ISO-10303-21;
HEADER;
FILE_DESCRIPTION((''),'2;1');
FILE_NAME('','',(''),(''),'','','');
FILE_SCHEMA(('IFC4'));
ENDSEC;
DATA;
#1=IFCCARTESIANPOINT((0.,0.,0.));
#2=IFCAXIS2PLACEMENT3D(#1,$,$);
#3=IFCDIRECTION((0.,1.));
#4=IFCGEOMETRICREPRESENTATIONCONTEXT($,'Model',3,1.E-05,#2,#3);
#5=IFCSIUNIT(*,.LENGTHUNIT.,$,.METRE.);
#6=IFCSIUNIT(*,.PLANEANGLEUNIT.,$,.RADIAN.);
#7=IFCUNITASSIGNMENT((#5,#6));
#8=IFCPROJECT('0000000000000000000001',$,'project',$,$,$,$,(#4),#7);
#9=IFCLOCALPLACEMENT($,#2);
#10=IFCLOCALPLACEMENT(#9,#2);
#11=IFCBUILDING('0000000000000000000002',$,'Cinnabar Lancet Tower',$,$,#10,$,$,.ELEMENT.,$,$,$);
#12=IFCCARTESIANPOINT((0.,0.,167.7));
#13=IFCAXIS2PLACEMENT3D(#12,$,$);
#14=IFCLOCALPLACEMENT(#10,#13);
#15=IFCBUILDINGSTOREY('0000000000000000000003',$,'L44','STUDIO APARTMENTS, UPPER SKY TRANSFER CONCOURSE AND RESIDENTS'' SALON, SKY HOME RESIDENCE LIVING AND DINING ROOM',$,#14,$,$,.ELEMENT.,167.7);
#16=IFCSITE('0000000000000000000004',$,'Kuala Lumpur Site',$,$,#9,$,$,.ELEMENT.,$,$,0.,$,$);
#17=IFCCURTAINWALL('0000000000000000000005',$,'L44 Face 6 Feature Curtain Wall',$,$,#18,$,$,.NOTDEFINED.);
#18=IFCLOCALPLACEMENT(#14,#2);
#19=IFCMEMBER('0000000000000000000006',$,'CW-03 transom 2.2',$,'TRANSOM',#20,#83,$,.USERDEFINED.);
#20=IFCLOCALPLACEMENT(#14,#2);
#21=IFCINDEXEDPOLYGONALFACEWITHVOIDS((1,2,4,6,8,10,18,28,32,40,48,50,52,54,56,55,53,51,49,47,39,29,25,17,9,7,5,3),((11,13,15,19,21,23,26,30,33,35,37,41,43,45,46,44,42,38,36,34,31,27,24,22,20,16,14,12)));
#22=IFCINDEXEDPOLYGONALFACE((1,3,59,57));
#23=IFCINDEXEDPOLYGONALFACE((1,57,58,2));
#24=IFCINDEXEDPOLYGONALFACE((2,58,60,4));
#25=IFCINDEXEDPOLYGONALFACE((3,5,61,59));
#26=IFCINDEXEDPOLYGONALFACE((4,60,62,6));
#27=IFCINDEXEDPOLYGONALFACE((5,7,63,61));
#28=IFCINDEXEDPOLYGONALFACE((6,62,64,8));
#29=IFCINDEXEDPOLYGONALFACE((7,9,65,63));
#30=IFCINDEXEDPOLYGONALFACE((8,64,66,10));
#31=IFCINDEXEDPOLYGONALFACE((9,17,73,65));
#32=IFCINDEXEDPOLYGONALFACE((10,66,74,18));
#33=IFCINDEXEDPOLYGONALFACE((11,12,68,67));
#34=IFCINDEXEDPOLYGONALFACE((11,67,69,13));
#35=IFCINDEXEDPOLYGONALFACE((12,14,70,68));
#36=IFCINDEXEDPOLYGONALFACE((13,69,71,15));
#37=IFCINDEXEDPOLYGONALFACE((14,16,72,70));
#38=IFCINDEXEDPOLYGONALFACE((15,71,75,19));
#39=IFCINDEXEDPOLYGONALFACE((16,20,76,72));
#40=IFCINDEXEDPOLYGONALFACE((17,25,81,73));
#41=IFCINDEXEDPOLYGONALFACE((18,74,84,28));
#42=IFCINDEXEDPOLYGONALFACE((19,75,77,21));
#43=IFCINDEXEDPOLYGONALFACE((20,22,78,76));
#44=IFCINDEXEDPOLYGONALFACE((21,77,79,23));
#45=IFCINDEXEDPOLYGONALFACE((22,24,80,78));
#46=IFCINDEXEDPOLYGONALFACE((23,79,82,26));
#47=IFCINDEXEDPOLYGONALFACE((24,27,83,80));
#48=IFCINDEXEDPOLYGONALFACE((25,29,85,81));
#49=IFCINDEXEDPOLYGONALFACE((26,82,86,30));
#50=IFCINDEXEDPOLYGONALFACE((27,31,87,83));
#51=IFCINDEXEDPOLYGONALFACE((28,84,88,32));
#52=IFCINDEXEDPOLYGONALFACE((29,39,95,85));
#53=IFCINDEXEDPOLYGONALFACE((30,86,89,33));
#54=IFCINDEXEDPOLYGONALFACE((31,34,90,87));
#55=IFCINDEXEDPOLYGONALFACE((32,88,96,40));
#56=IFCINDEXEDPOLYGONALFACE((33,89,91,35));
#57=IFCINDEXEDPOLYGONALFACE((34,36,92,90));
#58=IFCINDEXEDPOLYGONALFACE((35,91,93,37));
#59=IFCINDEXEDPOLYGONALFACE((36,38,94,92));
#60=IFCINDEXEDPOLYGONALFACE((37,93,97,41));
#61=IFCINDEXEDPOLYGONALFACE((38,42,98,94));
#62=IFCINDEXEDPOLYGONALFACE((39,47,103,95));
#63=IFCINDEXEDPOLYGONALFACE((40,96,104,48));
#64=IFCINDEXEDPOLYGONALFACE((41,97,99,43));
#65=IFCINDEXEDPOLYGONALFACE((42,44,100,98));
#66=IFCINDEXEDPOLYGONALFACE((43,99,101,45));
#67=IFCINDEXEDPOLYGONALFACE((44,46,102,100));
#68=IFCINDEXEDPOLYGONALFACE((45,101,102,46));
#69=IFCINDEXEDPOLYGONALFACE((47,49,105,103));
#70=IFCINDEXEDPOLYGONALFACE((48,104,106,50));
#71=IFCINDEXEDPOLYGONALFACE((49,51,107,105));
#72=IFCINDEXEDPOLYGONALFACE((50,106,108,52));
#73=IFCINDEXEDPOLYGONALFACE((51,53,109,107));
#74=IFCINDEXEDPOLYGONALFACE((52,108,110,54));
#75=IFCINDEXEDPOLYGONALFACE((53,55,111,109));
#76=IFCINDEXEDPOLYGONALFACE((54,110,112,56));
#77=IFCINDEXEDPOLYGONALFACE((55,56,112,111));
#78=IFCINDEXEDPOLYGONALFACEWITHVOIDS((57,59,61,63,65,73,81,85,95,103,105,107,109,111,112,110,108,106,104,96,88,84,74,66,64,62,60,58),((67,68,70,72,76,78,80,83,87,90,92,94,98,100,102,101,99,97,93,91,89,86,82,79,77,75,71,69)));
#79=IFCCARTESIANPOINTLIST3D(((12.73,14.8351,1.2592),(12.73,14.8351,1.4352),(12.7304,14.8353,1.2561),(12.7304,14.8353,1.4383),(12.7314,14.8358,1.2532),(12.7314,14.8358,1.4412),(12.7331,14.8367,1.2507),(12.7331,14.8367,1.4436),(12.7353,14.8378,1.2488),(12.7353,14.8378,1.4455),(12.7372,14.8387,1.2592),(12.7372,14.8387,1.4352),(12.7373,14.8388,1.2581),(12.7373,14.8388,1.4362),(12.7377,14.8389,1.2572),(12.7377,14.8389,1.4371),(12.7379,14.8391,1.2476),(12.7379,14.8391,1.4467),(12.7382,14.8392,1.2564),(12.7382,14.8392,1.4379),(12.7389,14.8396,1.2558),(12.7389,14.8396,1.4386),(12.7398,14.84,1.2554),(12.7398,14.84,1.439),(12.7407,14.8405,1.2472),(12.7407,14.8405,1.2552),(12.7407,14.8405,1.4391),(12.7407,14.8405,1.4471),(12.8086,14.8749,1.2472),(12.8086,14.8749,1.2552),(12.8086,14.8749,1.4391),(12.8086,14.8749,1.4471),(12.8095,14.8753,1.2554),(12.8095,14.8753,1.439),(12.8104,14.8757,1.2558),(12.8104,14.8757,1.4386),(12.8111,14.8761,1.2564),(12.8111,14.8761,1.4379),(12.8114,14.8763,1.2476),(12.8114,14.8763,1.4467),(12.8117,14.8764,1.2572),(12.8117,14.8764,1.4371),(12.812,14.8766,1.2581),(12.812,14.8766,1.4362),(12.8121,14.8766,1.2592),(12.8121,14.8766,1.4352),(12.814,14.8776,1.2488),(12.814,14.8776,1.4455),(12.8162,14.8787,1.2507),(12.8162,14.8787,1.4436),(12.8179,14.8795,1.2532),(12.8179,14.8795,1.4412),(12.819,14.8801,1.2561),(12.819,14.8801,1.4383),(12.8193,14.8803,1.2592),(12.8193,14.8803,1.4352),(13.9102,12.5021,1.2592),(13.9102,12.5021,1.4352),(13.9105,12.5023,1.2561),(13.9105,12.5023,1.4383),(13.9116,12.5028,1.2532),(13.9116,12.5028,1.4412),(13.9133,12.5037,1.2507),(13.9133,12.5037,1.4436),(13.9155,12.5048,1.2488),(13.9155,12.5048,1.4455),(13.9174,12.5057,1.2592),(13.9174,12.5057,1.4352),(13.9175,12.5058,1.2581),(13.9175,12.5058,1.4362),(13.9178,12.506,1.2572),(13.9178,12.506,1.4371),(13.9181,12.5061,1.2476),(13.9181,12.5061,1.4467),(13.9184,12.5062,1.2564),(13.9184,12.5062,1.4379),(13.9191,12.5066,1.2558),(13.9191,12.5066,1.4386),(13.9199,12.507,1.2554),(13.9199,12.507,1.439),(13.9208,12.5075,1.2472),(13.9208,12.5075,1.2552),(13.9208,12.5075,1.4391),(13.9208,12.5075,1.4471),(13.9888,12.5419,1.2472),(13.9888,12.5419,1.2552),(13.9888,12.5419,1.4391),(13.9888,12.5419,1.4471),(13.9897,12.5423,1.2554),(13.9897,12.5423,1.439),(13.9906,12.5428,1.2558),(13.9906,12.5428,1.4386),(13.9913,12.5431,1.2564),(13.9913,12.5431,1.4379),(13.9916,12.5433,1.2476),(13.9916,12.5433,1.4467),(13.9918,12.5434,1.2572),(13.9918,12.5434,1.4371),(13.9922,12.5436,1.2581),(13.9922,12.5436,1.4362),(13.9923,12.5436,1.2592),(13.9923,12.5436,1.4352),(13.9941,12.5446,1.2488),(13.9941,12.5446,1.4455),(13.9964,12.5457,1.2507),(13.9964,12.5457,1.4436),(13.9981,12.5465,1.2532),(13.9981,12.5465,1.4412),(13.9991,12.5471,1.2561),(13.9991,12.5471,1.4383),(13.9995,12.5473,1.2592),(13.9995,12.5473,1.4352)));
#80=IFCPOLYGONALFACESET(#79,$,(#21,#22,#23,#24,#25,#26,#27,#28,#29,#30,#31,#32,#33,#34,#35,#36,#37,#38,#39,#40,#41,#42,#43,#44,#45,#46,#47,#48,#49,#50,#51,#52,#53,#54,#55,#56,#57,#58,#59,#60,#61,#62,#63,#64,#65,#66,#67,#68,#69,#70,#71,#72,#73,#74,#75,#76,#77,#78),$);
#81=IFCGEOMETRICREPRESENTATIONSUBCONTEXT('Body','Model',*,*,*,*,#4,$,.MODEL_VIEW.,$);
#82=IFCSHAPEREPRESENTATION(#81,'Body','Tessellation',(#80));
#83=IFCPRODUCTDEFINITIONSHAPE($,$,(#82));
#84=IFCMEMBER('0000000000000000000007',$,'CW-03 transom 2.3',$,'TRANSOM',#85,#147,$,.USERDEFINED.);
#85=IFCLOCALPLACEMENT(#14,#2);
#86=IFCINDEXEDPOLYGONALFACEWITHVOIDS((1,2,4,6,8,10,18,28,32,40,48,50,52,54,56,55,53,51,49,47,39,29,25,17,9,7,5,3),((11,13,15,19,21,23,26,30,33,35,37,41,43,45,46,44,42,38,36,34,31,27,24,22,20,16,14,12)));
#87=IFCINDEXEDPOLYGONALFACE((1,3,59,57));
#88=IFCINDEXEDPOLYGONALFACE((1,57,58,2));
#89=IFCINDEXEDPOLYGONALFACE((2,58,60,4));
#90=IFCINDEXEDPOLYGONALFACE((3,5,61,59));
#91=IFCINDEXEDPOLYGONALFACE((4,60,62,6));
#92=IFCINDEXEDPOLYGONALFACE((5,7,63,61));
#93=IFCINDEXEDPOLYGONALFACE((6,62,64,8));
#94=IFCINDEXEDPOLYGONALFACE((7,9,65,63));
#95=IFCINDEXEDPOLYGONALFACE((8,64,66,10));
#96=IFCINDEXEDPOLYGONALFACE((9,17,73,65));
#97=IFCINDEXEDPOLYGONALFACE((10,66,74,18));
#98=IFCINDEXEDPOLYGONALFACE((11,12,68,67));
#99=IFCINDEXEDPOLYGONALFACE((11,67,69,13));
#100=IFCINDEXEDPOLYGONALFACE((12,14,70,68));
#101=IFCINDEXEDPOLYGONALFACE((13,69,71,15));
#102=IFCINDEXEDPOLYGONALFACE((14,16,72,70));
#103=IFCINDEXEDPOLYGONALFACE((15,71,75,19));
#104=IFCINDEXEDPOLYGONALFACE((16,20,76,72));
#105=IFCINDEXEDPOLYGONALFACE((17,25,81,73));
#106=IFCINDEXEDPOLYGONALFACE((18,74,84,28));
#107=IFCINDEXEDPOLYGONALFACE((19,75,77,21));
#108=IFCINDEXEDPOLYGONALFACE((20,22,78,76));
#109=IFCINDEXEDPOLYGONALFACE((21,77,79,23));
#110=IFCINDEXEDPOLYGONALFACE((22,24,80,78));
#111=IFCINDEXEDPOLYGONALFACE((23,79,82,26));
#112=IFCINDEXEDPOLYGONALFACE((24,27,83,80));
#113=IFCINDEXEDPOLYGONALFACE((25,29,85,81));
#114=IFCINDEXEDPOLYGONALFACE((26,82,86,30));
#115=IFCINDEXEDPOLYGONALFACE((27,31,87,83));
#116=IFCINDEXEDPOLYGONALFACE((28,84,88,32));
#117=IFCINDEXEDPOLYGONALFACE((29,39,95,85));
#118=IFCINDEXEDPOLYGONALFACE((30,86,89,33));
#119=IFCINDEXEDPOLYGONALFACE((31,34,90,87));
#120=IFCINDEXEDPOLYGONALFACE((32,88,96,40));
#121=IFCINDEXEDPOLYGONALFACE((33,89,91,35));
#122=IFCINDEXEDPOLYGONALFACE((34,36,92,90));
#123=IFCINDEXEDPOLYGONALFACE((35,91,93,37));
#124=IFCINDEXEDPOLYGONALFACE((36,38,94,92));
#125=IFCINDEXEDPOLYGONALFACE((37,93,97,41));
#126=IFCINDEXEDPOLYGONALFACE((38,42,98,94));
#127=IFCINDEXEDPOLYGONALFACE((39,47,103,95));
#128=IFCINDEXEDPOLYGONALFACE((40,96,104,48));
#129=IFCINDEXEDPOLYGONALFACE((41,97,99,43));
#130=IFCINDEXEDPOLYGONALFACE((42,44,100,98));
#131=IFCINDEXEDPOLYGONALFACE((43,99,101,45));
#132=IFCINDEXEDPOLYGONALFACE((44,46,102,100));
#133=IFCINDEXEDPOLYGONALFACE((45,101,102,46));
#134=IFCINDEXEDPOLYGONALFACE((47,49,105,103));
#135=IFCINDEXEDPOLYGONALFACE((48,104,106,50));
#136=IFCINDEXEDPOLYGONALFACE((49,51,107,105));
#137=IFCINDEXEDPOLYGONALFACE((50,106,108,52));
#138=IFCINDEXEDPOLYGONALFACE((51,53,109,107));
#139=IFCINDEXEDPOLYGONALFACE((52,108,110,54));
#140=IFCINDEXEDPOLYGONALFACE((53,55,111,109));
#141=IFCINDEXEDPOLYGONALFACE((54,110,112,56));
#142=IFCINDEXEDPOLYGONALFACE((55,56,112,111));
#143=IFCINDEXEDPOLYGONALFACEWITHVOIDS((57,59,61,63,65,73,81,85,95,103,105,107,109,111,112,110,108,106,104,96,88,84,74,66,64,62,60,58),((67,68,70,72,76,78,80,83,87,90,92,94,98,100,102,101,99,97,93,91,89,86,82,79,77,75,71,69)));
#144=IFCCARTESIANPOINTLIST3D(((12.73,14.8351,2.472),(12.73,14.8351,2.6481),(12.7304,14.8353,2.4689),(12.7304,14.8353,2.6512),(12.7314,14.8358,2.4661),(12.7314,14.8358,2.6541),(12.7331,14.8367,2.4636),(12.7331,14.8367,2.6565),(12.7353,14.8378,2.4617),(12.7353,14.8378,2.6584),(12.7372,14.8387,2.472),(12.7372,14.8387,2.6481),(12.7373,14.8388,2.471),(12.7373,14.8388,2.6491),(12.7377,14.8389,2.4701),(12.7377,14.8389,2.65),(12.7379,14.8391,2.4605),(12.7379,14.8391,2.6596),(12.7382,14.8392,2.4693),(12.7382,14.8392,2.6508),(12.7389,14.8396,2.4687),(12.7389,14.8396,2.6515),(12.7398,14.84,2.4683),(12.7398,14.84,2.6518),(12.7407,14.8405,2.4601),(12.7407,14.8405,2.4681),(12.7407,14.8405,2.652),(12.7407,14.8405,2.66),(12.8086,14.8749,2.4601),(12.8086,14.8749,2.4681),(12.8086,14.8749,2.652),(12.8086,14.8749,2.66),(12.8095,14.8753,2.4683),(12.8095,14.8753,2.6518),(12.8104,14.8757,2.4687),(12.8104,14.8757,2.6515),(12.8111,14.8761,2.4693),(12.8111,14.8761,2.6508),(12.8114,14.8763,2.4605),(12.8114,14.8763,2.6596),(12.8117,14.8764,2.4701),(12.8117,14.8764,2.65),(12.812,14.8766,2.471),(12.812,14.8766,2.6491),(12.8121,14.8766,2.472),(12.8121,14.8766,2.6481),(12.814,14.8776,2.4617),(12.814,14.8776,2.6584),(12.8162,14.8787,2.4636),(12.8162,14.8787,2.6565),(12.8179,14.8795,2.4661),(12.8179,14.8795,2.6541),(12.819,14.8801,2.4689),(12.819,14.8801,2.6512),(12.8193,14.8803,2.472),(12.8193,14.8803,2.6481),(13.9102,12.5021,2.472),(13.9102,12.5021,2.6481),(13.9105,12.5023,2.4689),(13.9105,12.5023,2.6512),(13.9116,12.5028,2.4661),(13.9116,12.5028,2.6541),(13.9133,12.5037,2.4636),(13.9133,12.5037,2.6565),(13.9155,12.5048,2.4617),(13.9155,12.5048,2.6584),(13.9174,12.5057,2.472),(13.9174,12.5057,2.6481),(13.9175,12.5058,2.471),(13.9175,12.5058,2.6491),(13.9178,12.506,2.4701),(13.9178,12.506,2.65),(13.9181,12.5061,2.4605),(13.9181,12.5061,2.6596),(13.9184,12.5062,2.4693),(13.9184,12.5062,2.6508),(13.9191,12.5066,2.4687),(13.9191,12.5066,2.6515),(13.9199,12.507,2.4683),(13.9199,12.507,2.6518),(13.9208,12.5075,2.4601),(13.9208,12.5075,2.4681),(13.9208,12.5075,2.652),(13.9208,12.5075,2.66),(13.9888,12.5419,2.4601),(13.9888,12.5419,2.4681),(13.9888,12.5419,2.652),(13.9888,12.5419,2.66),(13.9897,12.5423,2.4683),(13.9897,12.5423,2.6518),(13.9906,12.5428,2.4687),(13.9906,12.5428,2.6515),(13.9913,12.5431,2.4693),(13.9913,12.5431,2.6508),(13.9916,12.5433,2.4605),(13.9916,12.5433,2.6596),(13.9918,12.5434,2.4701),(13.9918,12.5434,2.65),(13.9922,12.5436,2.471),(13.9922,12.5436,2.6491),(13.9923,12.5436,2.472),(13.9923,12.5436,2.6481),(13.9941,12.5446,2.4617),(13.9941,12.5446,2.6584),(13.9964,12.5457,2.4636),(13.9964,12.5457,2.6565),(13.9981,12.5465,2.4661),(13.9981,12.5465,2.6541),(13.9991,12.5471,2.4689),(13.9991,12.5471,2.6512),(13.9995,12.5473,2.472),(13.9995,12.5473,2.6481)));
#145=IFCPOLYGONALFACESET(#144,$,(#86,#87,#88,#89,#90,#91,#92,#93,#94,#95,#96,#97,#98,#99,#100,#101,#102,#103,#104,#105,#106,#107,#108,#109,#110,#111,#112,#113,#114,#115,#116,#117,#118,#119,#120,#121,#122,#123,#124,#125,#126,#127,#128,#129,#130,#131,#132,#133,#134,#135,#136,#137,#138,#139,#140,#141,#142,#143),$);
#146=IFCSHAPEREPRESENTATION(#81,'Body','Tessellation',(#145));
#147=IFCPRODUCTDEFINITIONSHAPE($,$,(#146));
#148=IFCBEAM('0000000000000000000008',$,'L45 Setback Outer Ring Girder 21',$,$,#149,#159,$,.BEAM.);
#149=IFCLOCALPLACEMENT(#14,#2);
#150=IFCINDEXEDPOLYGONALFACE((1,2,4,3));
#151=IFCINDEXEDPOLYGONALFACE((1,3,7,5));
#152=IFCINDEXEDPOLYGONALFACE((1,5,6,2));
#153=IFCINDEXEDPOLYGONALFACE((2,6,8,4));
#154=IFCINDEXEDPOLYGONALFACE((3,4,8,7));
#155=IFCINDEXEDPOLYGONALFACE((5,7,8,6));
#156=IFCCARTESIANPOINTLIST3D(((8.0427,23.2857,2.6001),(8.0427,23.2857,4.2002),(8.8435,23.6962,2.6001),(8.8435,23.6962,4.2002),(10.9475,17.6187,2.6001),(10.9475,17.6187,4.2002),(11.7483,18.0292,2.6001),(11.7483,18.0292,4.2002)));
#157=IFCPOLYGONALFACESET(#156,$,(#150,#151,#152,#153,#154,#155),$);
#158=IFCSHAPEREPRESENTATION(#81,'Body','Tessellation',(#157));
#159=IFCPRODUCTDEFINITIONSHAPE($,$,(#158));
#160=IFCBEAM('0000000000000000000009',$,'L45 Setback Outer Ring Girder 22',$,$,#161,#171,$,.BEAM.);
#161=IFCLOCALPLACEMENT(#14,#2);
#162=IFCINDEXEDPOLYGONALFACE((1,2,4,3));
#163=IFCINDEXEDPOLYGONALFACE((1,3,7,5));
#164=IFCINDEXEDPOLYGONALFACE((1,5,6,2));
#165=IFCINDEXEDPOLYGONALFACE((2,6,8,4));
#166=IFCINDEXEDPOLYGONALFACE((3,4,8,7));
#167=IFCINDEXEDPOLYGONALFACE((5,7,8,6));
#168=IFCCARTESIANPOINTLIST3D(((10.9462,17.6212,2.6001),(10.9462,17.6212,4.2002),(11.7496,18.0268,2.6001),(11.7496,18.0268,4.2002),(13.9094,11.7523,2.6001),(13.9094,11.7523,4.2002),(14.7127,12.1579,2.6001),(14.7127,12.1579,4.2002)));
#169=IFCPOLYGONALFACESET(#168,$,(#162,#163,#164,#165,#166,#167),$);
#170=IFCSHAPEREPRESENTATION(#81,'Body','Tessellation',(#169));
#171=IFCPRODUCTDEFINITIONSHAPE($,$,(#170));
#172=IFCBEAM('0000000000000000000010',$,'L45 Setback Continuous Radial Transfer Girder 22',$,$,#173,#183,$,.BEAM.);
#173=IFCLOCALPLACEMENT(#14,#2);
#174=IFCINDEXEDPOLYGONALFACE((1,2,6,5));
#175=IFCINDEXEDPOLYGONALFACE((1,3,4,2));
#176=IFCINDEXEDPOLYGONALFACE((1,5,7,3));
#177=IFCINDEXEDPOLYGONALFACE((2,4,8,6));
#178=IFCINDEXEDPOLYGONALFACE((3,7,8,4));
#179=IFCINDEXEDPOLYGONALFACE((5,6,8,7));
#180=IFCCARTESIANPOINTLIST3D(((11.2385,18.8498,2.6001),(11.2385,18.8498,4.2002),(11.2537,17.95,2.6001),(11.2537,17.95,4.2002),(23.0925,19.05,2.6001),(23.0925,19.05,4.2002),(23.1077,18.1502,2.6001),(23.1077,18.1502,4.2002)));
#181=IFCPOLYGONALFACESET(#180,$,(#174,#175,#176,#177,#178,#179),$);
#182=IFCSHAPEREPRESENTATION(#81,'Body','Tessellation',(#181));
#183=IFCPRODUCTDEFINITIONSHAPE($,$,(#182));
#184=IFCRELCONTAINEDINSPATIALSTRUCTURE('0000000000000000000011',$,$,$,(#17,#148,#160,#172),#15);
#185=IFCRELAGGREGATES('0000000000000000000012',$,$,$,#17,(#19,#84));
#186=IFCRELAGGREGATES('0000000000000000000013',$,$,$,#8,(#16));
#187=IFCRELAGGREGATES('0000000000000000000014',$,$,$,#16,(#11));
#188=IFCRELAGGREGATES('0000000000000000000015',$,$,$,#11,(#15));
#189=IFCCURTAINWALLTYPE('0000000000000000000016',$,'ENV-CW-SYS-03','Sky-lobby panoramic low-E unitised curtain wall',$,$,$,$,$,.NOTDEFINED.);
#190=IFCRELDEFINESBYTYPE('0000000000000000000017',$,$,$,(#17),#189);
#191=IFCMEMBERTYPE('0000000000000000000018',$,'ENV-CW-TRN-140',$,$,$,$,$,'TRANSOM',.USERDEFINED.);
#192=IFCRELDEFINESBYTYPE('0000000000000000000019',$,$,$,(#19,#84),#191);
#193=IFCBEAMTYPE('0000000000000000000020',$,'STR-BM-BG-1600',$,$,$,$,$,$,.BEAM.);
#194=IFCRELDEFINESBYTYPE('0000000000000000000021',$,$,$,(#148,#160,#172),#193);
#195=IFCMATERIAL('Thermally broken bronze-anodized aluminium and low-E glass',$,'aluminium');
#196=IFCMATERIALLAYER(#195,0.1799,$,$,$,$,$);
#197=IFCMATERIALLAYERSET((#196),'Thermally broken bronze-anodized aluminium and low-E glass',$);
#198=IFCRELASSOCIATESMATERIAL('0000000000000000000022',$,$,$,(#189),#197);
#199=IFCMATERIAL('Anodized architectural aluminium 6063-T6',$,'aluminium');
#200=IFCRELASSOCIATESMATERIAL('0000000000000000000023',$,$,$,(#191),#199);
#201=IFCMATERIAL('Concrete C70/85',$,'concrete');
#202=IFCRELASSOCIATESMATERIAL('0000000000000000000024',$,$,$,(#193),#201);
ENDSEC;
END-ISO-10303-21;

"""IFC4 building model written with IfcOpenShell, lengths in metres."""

from ifc_helpers import new_model, si_unit, direction, frame, origin, origin_2d, place, context, subcontext, project, spatial, rectangle, hollow_rectangle, extrude, material, layer, layer_set, material_profile, profile_set, type_object, element, aggregate, save


model = new_model("IFC4")

# Units and contexts
model_context = context("Model", 3, precision=1e-05, world=origin(), true_north=direction((0.0, 1.0)))
body_context = subcontext(model_context, "Body", "Model", "MODEL_VIEW")
ifc_project = project(units=[si_unit("LENGTHUNIT", "METRE"), si_unit("PLANEANGLEUNIT", "RADIAN")], contexts=[model_context])

# Site, building, storey
site_placement = place(None, origin())
site = spatial("IfcSite", under=ifc_project, at=site_placement, Name="Kuala Lumpur Site", CompositionType="ELEMENT", RefElevation=0.0)
building_placement = place(site_placement, origin())
building = spatial("IfcBuilding", under=site, at=building_placement, Name="Cinnabar Lancet Tower", CompositionType="ELEMENT")
storey_placement = place(building_placement, frame((0.0, 0.0, 167.7)))
storey = spatial("IfcBuildingStorey", under=building, at=storey_placement, Name="L44", Description="STUDIO APARTMENTS, UPPER SKY TRANSFER CONCOURSE AND RESIDENTS' SALON, SKY HOME RESIDENCE LIVING AND DINING ROOM", CompositionType="ELEMENT", Elevation=167.7)

# Curtain wall, members
ifc_material_1 = material(Name="Thermally broken bronze-anodized aluminium and low-E glass", Category="aluminium")
ifc_layer_1 = layer(ifc_material_1, 0.1799)
ifc_layer_set_1 = layer_set([ifc_layer_1], Name="Thermally broken bronze-anodized aluminium and low-E glass")
curtain_wall_type = type_object("IfcCurtainWallType", Name="ENV-CW-SYS-03", Description="Sky-lobby panoramic low-E unitised curtain wall", PredefinedType="NOTDEFINED", material=ifc_layer_set_1)
curtain_wall_placement = place(storey_placement, origin())
curtain_wall = element("IfcCurtainWall", 1, at=curtain_wall_placement, inside=storey, type_object=curtain_wall_type, Name="L44 Face 6 Feature Curtain Wall", PredefinedType="NOTDEFINED")
ifc_material_2 = material(Name="Anodized architectural aluminium 6063-T6", Category="aluminium")
ifc_material_profile_1 = material_profile(ifc_material_2, hollow_rectangle(XDim=0.1001, YDim=0.2, WallThickness=0.0081, InnerFilletRadius=0.0039, OuterFilletRadius=0.012, at=origin_2d()), Name="RHS 200x100x8")
ifc_profile_set_1 = profile_set([ifc_material_profile_1], Name="Anodized architectural aluminium 6063-T6")
member_type_1 = type_object("IfcMemberType", Name="ENV-CW-TRN-140", ElementType="TRANSOM", PredefinedType="USERDEFINED", material=ifc_profile_set_1)
member_1_placement = place(storey_placement, frame((12.7747, 14.8577, 1.3472), z_axis=(0.451392, -0.892326, 0.0), x_axis=(0.892326, 0.451392, 0.0)))
member_1 = element("IfcMember", 2, at=member_1_placement, type_object=member_type_1, Name="CW-03 transom 2.2", ObjectType="TRANSOM", PredefinedType="USERDEFINED", context=body_context, shape_type="SweptSolid", body=[
    extrude(hollow_rectangle(XDim=0.1001, YDim=0.2, WallThickness=0.0081, InnerFilletRadius=0.0039, OuterFilletRadius=0.012, at=origin_2d()), origin(), (0.0, 0.0, 1.0), 2.6145),
])
member_2_placement = place(storey_placement, frame((12.7747, 14.8577, 2.5601), z_axis=(0.451392, -0.892326, 0.0), x_axis=(0.892326, 0.451392, 0.0)))
member_2 = element("IfcMember", 3, at=member_2_placement, type_object=member_type_1, Name="CW-03 transom 2.3", ObjectType="TRANSOM", PredefinedType="USERDEFINED", context=body_context, shape_type="SweptSolid", body=[
    extrude(hollow_rectangle(XDim=0.1001, YDim=0.2, WallThickness=0.0081, InnerFilletRadius=0.0039, OuterFilletRadius=0.012, at=origin_2d()), origin(), (0.0, 0.0, 1.0), 2.6145),
])

# Beams
ifc_material_3 = material(Name="Concrete C70/85", Category="concrete")
ifc_material_profile_2 = material_profile(ifc_material_3, rectangle(XDim=0.8999, YDim=1.6001, at=origin_2d()), Name="RC-BG 900x1600")
ifc_profile_set_2 = profile_set([ifc_material_profile_2], Name="Concrete C70/85")
beam_type_1 = type_object("IfcBeamType", Name="STR-BM-BG-1600", PredefinedType="BEAM", material=ifc_profile_set_2)
beam_1_placement = place(storey_placement, frame((8.4431, 23.491, 3.4001), z_axis=(0.456147, -0.889904, 0.0), x_axis=(0.889904, 0.456147, 0.0)))
element("IfcBeam", 4, at=beam_1_placement, inside=storey, type_object=beam_type_1, Name="L45 Setback Outer Ring Girder 21", PredefinedType="BEAM", context=body_context, shape_type="SweptSolid", body=[
    extrude(rectangle(XDim=0.8999, YDim=1.6001, at=origin_2d()), origin(), (0.0, 0.0, 1.0), 6.3682),
])
beam_2_placement = place(storey_placement, frame((11.3479, 17.824, 3.4001), z_axis=(0.450701, -0.892675, 0.0), x_axis=(0.892675, 0.450701, 0.0)))
element("IfcBeam", 5, at=beam_2_placement, inside=storey, type_object=beam_type_1, Name="L45 Setback Outer Ring Girder 22", PredefinedType="BEAM", context=body_context, shape_type="SweptSolid", body=[
    extrude(rectangle(XDim=0.8999, YDim=1.6001, at=origin_2d()), origin(), (0.0, 0.0, 1.0), 6.5745),
])
beam_3_placement = place(storey_placement, frame((11.2461, 18.3999, 3.4001), z_axis=(0.999857, 0.016886, 0.0), x_axis=(-0.016886, 0.999857, 0.0)))
element("IfcBeam", 6, at=beam_3_placement, inside=storey, type_object=beam_type_1, Name="L45 Setback Continuous Radial Transfer Girder 22", PredefinedType="BEAM", context=body_context, shape_type="SweptSolid", body=[
    extrude(rectangle(XDim=0.8999, YDim=1.6001, at=origin_2d()), origin(), (0.0, 0.0, 1.0), 11.8557),
])

aggregate(curtain_wall, [member_1, member_2])

save(model, "model.ifc")
